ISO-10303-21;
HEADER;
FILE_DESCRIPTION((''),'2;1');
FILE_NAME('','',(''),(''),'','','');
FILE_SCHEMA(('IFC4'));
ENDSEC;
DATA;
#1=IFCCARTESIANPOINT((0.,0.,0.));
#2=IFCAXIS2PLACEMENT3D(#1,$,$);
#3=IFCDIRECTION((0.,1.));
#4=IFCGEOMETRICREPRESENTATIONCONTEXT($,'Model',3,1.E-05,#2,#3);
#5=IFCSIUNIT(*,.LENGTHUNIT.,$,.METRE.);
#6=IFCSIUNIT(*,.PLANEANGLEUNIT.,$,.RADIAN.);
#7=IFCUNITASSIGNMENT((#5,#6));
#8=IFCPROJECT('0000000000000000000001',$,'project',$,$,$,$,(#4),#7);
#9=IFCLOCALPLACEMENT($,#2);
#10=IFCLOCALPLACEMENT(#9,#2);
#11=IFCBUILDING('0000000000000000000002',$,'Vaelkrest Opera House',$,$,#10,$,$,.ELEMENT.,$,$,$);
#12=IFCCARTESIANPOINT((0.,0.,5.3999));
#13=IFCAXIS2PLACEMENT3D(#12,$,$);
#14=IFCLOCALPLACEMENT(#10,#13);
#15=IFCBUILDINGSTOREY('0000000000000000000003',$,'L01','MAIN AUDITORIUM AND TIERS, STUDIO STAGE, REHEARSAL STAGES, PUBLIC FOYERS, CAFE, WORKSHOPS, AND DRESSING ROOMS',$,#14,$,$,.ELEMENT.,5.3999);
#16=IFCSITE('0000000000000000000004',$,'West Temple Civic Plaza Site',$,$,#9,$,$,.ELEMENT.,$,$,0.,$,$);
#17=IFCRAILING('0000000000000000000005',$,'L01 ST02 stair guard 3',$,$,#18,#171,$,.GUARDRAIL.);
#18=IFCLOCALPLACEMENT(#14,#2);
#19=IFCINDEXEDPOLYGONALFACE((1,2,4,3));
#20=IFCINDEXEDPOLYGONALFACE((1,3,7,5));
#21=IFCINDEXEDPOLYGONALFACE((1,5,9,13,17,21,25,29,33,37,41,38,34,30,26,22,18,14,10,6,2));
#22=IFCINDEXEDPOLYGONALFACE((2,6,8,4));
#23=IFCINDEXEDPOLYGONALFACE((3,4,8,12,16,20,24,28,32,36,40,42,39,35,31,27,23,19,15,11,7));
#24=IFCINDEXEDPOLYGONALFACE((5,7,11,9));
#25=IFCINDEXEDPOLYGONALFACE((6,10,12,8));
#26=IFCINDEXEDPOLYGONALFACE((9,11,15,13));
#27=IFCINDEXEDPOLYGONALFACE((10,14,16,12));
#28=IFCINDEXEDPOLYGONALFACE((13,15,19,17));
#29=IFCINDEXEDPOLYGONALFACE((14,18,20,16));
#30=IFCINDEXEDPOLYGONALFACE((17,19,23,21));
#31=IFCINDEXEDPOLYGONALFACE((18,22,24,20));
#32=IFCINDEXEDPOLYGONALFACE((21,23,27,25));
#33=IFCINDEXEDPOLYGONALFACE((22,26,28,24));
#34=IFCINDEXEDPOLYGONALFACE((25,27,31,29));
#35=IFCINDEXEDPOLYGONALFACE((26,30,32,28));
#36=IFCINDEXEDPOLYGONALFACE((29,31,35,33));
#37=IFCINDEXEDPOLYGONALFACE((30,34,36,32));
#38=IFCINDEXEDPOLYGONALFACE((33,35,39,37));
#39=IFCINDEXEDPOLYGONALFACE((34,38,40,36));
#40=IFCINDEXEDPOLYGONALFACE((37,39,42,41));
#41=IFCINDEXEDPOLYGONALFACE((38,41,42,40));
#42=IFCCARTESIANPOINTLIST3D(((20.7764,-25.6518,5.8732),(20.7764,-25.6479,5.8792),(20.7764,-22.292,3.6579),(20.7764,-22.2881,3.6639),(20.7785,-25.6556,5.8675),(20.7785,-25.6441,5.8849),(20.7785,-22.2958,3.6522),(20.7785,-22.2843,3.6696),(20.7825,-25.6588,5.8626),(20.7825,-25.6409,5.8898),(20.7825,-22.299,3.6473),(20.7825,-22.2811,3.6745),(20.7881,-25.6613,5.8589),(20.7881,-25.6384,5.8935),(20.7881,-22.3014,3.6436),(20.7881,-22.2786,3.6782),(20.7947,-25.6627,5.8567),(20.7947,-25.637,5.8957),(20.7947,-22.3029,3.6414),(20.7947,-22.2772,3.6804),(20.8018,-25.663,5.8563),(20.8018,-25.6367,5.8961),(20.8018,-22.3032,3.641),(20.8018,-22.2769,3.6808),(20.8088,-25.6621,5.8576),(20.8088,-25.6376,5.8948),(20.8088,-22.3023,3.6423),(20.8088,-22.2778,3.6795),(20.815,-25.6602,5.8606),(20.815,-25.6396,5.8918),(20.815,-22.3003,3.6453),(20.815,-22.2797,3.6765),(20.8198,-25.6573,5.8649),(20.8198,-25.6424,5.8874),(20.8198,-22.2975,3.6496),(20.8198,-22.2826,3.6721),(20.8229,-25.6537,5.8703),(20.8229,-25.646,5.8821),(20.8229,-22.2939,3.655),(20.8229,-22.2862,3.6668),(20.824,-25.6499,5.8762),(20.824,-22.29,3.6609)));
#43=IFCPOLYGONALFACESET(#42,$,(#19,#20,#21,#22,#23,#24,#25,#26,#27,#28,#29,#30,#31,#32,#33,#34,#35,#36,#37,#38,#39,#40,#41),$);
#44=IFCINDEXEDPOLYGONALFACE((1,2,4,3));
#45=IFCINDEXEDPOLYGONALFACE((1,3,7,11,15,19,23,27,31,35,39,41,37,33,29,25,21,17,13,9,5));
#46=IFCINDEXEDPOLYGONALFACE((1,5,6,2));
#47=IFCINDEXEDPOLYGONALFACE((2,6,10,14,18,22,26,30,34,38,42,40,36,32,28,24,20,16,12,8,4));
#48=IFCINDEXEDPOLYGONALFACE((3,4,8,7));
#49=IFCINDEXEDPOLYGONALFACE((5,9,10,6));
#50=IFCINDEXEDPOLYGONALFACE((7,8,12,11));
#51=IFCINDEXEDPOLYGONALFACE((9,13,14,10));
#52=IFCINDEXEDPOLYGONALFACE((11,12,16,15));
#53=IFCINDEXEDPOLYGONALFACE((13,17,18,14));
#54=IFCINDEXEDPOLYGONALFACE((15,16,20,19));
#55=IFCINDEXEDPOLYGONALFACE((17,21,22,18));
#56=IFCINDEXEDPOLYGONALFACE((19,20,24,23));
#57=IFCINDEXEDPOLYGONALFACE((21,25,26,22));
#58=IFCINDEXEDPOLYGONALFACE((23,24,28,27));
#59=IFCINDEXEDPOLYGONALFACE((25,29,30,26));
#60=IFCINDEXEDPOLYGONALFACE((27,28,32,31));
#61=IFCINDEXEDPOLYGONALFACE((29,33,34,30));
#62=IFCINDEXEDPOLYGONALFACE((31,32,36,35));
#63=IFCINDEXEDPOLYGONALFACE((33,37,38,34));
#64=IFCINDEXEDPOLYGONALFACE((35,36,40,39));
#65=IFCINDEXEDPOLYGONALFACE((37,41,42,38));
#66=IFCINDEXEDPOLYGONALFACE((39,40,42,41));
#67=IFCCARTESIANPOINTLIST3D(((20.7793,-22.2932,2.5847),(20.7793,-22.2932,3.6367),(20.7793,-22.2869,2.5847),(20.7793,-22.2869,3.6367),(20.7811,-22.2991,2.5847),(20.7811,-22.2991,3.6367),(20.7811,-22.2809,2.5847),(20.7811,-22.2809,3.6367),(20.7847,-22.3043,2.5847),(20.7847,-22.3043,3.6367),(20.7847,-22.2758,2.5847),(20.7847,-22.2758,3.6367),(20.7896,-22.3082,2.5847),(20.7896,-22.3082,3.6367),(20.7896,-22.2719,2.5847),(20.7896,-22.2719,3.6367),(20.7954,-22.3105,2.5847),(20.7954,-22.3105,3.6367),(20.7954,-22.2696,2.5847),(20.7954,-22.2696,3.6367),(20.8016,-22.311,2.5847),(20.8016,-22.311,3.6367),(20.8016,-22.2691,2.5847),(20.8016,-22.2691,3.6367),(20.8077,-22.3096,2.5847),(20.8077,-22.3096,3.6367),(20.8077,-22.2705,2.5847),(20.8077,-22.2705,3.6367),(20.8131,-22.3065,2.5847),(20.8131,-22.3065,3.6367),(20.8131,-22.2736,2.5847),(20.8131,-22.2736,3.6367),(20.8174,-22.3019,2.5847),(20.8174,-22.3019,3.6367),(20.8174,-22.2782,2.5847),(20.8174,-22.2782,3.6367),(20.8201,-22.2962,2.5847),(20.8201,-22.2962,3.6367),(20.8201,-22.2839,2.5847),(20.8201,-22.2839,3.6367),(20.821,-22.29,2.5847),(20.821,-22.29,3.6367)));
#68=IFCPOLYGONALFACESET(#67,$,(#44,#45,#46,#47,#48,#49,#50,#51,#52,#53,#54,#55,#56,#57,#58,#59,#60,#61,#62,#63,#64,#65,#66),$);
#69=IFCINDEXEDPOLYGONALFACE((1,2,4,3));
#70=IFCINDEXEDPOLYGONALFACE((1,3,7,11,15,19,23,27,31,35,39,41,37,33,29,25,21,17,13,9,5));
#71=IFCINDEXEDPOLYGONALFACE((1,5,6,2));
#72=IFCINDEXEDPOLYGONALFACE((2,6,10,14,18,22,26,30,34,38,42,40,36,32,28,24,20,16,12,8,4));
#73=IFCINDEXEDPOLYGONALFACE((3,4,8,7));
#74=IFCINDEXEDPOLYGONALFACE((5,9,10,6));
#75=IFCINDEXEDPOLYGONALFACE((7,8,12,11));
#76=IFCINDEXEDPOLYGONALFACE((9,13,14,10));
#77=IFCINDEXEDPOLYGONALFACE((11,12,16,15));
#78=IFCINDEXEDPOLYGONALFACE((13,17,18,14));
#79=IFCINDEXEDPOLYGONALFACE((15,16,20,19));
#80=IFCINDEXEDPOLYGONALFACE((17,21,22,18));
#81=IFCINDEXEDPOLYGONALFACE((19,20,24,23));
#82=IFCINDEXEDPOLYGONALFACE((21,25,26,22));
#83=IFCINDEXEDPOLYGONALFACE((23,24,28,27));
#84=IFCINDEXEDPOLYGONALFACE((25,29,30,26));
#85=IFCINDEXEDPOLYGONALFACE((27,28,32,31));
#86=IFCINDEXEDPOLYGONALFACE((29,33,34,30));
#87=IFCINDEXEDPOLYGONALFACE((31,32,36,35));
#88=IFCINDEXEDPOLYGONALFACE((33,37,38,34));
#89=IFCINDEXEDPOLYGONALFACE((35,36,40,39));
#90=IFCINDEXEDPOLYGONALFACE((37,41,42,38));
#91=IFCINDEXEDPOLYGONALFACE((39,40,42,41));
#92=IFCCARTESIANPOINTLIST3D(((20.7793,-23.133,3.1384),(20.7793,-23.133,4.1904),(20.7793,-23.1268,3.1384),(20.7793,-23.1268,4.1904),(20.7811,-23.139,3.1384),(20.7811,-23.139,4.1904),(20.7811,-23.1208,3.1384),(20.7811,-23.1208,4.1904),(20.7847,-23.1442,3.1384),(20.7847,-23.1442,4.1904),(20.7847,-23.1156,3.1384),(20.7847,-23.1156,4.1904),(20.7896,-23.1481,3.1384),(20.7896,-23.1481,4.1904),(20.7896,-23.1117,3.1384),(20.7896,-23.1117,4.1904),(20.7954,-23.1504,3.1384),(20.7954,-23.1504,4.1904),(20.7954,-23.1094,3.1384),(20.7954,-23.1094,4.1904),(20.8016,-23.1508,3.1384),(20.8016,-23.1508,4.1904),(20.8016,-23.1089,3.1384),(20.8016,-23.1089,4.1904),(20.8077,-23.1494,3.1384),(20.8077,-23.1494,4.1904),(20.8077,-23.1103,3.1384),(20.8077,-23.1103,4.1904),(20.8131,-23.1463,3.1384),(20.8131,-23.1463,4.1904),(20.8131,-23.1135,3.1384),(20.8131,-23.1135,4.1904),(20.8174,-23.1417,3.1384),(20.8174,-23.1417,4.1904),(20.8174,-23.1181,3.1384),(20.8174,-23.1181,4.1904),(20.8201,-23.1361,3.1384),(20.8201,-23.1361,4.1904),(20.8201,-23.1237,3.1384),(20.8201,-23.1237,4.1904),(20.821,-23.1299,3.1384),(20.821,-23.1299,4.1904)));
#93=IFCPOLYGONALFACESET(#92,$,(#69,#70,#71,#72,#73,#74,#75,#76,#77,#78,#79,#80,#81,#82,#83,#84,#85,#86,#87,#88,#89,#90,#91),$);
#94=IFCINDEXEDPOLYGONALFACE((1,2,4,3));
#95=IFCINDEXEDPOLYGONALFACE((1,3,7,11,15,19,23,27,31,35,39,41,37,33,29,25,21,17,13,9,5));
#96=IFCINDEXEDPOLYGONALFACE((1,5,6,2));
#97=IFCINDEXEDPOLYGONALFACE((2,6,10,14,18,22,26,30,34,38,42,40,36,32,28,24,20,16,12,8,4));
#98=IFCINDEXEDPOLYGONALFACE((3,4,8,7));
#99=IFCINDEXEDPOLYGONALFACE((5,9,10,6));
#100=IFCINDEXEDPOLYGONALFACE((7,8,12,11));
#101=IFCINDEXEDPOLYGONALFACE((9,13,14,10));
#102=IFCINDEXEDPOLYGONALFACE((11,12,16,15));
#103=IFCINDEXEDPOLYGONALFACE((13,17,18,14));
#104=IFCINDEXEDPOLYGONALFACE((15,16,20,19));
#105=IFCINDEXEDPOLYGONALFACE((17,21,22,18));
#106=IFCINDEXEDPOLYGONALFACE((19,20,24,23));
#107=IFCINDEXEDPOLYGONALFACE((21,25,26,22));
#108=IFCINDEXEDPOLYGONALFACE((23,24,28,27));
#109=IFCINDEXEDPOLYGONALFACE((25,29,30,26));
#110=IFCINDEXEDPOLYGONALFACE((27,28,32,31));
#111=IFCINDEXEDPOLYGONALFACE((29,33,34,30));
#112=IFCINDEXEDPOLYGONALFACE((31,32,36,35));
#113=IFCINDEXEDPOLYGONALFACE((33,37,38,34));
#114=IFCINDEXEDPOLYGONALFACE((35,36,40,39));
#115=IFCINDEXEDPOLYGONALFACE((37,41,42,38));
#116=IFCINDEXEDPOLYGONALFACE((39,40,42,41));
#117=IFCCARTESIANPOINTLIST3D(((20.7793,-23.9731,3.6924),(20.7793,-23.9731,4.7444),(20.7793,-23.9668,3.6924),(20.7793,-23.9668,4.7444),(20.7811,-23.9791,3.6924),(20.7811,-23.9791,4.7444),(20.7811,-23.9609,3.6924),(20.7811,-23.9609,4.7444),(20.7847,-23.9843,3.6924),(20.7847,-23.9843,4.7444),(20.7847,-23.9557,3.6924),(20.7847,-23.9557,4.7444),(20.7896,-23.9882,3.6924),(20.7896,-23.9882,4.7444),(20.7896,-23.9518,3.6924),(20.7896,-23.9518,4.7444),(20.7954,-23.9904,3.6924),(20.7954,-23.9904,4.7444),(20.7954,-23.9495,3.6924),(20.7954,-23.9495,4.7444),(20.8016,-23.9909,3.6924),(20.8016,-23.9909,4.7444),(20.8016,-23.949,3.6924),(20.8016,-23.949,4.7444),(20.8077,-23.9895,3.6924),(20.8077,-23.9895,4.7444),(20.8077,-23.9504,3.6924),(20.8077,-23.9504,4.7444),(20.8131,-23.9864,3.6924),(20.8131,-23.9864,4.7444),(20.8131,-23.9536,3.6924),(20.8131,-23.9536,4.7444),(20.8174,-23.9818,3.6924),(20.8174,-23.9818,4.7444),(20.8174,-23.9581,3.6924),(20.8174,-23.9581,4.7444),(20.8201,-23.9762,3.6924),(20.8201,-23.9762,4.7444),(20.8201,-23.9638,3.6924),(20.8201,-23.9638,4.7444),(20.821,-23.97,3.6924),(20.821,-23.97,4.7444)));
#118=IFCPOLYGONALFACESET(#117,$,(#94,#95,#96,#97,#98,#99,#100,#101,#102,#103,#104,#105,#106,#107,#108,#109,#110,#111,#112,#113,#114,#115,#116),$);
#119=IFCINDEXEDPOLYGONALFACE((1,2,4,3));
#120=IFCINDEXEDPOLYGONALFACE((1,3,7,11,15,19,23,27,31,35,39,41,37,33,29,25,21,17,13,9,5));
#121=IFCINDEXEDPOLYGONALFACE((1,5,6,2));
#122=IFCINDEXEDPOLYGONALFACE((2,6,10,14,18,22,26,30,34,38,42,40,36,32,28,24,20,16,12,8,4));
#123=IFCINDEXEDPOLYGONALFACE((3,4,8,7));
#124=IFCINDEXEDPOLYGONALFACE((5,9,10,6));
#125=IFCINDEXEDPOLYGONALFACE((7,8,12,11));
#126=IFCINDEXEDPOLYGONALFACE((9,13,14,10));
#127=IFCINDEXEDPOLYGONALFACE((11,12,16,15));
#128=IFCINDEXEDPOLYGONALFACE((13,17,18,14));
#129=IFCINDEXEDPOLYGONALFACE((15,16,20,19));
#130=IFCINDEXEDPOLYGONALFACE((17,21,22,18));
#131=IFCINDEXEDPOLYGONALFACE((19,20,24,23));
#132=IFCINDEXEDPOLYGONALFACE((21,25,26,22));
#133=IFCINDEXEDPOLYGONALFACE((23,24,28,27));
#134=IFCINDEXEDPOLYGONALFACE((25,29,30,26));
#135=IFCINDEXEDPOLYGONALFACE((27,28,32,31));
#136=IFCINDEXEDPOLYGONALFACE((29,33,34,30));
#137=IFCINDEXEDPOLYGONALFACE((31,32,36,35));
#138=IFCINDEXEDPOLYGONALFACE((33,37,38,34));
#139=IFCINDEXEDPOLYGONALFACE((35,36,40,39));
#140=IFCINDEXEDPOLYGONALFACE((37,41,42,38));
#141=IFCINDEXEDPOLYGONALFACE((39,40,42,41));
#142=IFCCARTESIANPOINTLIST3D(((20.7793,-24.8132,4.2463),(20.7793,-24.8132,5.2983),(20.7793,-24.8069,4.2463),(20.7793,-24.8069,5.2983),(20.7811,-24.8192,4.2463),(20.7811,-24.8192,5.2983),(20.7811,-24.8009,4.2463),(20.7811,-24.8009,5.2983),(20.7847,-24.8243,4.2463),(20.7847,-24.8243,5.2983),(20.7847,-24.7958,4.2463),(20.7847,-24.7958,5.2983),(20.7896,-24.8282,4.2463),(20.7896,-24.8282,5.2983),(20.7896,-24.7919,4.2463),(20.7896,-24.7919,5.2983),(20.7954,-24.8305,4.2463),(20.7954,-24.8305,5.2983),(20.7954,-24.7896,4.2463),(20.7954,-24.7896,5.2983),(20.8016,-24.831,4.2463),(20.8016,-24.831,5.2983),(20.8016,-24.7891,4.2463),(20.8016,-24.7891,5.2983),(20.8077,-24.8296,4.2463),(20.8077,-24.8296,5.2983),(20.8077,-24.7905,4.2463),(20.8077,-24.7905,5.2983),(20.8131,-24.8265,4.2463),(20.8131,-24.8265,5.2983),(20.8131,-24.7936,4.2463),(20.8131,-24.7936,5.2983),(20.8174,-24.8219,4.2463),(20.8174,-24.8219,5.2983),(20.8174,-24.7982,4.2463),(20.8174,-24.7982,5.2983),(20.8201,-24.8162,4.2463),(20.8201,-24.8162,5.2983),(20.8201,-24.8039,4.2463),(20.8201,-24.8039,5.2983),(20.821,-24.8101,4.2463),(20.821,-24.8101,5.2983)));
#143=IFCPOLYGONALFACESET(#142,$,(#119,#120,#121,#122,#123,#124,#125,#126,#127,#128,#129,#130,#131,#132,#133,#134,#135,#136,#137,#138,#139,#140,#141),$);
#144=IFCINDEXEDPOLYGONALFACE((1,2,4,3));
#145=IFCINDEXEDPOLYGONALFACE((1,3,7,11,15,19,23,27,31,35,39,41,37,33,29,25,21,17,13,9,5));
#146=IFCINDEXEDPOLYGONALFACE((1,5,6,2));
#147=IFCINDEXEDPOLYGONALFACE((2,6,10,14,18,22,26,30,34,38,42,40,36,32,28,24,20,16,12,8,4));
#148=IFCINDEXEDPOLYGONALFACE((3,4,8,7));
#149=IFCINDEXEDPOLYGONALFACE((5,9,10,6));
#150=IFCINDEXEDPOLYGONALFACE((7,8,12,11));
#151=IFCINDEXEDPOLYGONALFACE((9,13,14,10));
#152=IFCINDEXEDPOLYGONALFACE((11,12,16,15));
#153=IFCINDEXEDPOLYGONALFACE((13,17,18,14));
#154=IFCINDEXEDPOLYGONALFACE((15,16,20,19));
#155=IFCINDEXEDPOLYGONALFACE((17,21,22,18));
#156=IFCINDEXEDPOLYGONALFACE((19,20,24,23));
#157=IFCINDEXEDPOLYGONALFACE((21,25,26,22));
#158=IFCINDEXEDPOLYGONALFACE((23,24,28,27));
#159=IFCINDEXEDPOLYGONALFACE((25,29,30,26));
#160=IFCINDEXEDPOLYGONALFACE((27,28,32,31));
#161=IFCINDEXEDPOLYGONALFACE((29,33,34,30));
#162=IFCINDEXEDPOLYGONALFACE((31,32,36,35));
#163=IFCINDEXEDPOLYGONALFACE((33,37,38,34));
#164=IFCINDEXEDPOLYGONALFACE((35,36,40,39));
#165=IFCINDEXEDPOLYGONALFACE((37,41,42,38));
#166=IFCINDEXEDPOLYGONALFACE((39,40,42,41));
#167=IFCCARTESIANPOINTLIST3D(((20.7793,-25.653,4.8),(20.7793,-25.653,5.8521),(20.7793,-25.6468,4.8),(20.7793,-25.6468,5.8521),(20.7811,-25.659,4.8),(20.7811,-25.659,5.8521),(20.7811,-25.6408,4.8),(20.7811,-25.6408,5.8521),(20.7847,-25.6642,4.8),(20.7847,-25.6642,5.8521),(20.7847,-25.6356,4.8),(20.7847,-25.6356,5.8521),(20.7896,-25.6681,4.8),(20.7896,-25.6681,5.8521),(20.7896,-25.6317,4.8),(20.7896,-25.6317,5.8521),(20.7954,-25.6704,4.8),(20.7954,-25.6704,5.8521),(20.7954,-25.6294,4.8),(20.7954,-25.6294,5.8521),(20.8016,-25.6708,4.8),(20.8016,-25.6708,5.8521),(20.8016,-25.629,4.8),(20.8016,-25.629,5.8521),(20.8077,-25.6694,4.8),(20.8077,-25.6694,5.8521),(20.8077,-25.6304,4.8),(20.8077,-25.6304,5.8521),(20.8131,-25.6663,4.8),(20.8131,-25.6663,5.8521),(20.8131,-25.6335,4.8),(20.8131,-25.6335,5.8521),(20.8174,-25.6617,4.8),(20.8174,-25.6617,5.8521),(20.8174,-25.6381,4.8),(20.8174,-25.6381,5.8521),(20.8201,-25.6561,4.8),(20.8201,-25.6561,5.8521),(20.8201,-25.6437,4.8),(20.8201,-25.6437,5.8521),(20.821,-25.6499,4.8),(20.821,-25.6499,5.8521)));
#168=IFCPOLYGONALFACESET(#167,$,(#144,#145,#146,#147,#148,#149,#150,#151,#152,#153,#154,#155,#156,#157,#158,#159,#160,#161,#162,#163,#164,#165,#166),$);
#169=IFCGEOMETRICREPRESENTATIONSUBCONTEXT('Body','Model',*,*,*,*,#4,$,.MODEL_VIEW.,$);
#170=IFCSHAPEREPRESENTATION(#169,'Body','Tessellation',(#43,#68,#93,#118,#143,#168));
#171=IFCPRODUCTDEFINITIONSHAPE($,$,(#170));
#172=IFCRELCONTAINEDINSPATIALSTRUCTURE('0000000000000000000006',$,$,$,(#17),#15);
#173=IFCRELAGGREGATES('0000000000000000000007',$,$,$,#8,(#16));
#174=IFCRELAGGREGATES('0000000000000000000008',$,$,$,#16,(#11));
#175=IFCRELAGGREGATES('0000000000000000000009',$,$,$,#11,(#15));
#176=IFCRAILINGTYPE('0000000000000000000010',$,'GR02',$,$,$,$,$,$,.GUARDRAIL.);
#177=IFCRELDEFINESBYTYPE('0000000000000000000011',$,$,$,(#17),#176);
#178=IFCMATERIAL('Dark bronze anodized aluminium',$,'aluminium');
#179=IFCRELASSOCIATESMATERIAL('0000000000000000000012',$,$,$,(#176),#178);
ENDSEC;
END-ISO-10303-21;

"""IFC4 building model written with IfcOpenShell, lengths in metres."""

from ifc_helpers import new_model, si_unit, direction, frame, origin, origin_2d, place, context, subcontext, project, spatial, circle, extrude, material, type_object, element, save


model = new_model("IFC4")

# Units and contexts
model_context = context("Model", 3, precision=1e-05, world=origin(), true_north=direction((0.0, 1.0)))
body_context = subcontext(model_context, "Body", "Model", "MODEL_VIEW")
ifc_project = project(units=[si_unit("LENGTHUNIT", "METRE"), si_unit("PLANEANGLEUNIT", "RADIAN")], contexts=[model_context])

# Site, building, storey
site_placement = place(None, origin())
site = spatial("IfcSite", under=ifc_project, at=site_placement, Name="West Temple Civic Plaza Site", CompositionType="ELEMENT", RefElevation=0.0)
building_placement = place(site_placement, origin())
building = spatial("IfcBuilding", under=site, at=building_placement, Name="Vaelkrest Opera House", CompositionType="ELEMENT")
storey_placement = place(building_placement, frame((0.0, 0.0, 5.3999)))
storey = spatial("IfcBuildingStorey", under=building, at=storey_placement, Name="L01", Description="MAIN AUDITORIUM AND TIERS, STUDIO STAGE, REHEARSAL STAGES, PUBLIC FOYERS, CAFE, WORKSHOPS, AND DRESSING ROOMS", CompositionType="ELEMENT", Elevation=5.3999)

# Railing
ifc_material_1 = material(Name="Dark bronze anodized aluminium", Category="aluminium")
railing_type_1 = type_object("IfcRailingType", Name="GR02", PredefinedType="GUARDRAIL", material=ifc_material_1)
railing_1_placement = place(storey_placement, frame((20.8, -22.29, 2.5847)))
element("IfcRailing", 1, at=railing_1_placement, inside=storey, type_object=railing_type_1, Name="L01 ST02 stair guard 3", PredefinedType="GUARDRAIL", context=body_context, shape_type="SweptSolid", body=[
    extrude(circle(Radius=0.0239, at=origin_2d()), frame((0.0, 0.0, 1.0762), z_axis=(0.0, -0.834858, 0.550465), x_axis=(1.0, 0.0, 0.0)), (0.0, 0.0, 1.0), 4.0244),
    extrude(circle(Radius=0.021, at=origin_2d()), origin(), (0.0, 0.0, 1.0), 1.052),
    extrude(circle(Radius=0.021, at=origin_2d()), frame((0.0, -0.8398, 0.5537)), (0.0, 0.0, 1.0), 1.052),
    extrude(circle(Radius=0.021, at=origin_2d()), frame((0.0, -1.6799, 1.1077)), (0.0, 0.0, 1.0), 1.052),
    extrude(circle(Radius=0.021, at=origin_2d()), frame((0.0, -2.52, 1.6616)), (0.0, 0.0, 1.0), 1.052),
    extrude(circle(Radius=0.021, at=origin_2d()), frame((0.0, -3.3599, 2.2153)), (0.0, 0.0, 1.0), 1.052),
])

save(model, "model.ifc")
